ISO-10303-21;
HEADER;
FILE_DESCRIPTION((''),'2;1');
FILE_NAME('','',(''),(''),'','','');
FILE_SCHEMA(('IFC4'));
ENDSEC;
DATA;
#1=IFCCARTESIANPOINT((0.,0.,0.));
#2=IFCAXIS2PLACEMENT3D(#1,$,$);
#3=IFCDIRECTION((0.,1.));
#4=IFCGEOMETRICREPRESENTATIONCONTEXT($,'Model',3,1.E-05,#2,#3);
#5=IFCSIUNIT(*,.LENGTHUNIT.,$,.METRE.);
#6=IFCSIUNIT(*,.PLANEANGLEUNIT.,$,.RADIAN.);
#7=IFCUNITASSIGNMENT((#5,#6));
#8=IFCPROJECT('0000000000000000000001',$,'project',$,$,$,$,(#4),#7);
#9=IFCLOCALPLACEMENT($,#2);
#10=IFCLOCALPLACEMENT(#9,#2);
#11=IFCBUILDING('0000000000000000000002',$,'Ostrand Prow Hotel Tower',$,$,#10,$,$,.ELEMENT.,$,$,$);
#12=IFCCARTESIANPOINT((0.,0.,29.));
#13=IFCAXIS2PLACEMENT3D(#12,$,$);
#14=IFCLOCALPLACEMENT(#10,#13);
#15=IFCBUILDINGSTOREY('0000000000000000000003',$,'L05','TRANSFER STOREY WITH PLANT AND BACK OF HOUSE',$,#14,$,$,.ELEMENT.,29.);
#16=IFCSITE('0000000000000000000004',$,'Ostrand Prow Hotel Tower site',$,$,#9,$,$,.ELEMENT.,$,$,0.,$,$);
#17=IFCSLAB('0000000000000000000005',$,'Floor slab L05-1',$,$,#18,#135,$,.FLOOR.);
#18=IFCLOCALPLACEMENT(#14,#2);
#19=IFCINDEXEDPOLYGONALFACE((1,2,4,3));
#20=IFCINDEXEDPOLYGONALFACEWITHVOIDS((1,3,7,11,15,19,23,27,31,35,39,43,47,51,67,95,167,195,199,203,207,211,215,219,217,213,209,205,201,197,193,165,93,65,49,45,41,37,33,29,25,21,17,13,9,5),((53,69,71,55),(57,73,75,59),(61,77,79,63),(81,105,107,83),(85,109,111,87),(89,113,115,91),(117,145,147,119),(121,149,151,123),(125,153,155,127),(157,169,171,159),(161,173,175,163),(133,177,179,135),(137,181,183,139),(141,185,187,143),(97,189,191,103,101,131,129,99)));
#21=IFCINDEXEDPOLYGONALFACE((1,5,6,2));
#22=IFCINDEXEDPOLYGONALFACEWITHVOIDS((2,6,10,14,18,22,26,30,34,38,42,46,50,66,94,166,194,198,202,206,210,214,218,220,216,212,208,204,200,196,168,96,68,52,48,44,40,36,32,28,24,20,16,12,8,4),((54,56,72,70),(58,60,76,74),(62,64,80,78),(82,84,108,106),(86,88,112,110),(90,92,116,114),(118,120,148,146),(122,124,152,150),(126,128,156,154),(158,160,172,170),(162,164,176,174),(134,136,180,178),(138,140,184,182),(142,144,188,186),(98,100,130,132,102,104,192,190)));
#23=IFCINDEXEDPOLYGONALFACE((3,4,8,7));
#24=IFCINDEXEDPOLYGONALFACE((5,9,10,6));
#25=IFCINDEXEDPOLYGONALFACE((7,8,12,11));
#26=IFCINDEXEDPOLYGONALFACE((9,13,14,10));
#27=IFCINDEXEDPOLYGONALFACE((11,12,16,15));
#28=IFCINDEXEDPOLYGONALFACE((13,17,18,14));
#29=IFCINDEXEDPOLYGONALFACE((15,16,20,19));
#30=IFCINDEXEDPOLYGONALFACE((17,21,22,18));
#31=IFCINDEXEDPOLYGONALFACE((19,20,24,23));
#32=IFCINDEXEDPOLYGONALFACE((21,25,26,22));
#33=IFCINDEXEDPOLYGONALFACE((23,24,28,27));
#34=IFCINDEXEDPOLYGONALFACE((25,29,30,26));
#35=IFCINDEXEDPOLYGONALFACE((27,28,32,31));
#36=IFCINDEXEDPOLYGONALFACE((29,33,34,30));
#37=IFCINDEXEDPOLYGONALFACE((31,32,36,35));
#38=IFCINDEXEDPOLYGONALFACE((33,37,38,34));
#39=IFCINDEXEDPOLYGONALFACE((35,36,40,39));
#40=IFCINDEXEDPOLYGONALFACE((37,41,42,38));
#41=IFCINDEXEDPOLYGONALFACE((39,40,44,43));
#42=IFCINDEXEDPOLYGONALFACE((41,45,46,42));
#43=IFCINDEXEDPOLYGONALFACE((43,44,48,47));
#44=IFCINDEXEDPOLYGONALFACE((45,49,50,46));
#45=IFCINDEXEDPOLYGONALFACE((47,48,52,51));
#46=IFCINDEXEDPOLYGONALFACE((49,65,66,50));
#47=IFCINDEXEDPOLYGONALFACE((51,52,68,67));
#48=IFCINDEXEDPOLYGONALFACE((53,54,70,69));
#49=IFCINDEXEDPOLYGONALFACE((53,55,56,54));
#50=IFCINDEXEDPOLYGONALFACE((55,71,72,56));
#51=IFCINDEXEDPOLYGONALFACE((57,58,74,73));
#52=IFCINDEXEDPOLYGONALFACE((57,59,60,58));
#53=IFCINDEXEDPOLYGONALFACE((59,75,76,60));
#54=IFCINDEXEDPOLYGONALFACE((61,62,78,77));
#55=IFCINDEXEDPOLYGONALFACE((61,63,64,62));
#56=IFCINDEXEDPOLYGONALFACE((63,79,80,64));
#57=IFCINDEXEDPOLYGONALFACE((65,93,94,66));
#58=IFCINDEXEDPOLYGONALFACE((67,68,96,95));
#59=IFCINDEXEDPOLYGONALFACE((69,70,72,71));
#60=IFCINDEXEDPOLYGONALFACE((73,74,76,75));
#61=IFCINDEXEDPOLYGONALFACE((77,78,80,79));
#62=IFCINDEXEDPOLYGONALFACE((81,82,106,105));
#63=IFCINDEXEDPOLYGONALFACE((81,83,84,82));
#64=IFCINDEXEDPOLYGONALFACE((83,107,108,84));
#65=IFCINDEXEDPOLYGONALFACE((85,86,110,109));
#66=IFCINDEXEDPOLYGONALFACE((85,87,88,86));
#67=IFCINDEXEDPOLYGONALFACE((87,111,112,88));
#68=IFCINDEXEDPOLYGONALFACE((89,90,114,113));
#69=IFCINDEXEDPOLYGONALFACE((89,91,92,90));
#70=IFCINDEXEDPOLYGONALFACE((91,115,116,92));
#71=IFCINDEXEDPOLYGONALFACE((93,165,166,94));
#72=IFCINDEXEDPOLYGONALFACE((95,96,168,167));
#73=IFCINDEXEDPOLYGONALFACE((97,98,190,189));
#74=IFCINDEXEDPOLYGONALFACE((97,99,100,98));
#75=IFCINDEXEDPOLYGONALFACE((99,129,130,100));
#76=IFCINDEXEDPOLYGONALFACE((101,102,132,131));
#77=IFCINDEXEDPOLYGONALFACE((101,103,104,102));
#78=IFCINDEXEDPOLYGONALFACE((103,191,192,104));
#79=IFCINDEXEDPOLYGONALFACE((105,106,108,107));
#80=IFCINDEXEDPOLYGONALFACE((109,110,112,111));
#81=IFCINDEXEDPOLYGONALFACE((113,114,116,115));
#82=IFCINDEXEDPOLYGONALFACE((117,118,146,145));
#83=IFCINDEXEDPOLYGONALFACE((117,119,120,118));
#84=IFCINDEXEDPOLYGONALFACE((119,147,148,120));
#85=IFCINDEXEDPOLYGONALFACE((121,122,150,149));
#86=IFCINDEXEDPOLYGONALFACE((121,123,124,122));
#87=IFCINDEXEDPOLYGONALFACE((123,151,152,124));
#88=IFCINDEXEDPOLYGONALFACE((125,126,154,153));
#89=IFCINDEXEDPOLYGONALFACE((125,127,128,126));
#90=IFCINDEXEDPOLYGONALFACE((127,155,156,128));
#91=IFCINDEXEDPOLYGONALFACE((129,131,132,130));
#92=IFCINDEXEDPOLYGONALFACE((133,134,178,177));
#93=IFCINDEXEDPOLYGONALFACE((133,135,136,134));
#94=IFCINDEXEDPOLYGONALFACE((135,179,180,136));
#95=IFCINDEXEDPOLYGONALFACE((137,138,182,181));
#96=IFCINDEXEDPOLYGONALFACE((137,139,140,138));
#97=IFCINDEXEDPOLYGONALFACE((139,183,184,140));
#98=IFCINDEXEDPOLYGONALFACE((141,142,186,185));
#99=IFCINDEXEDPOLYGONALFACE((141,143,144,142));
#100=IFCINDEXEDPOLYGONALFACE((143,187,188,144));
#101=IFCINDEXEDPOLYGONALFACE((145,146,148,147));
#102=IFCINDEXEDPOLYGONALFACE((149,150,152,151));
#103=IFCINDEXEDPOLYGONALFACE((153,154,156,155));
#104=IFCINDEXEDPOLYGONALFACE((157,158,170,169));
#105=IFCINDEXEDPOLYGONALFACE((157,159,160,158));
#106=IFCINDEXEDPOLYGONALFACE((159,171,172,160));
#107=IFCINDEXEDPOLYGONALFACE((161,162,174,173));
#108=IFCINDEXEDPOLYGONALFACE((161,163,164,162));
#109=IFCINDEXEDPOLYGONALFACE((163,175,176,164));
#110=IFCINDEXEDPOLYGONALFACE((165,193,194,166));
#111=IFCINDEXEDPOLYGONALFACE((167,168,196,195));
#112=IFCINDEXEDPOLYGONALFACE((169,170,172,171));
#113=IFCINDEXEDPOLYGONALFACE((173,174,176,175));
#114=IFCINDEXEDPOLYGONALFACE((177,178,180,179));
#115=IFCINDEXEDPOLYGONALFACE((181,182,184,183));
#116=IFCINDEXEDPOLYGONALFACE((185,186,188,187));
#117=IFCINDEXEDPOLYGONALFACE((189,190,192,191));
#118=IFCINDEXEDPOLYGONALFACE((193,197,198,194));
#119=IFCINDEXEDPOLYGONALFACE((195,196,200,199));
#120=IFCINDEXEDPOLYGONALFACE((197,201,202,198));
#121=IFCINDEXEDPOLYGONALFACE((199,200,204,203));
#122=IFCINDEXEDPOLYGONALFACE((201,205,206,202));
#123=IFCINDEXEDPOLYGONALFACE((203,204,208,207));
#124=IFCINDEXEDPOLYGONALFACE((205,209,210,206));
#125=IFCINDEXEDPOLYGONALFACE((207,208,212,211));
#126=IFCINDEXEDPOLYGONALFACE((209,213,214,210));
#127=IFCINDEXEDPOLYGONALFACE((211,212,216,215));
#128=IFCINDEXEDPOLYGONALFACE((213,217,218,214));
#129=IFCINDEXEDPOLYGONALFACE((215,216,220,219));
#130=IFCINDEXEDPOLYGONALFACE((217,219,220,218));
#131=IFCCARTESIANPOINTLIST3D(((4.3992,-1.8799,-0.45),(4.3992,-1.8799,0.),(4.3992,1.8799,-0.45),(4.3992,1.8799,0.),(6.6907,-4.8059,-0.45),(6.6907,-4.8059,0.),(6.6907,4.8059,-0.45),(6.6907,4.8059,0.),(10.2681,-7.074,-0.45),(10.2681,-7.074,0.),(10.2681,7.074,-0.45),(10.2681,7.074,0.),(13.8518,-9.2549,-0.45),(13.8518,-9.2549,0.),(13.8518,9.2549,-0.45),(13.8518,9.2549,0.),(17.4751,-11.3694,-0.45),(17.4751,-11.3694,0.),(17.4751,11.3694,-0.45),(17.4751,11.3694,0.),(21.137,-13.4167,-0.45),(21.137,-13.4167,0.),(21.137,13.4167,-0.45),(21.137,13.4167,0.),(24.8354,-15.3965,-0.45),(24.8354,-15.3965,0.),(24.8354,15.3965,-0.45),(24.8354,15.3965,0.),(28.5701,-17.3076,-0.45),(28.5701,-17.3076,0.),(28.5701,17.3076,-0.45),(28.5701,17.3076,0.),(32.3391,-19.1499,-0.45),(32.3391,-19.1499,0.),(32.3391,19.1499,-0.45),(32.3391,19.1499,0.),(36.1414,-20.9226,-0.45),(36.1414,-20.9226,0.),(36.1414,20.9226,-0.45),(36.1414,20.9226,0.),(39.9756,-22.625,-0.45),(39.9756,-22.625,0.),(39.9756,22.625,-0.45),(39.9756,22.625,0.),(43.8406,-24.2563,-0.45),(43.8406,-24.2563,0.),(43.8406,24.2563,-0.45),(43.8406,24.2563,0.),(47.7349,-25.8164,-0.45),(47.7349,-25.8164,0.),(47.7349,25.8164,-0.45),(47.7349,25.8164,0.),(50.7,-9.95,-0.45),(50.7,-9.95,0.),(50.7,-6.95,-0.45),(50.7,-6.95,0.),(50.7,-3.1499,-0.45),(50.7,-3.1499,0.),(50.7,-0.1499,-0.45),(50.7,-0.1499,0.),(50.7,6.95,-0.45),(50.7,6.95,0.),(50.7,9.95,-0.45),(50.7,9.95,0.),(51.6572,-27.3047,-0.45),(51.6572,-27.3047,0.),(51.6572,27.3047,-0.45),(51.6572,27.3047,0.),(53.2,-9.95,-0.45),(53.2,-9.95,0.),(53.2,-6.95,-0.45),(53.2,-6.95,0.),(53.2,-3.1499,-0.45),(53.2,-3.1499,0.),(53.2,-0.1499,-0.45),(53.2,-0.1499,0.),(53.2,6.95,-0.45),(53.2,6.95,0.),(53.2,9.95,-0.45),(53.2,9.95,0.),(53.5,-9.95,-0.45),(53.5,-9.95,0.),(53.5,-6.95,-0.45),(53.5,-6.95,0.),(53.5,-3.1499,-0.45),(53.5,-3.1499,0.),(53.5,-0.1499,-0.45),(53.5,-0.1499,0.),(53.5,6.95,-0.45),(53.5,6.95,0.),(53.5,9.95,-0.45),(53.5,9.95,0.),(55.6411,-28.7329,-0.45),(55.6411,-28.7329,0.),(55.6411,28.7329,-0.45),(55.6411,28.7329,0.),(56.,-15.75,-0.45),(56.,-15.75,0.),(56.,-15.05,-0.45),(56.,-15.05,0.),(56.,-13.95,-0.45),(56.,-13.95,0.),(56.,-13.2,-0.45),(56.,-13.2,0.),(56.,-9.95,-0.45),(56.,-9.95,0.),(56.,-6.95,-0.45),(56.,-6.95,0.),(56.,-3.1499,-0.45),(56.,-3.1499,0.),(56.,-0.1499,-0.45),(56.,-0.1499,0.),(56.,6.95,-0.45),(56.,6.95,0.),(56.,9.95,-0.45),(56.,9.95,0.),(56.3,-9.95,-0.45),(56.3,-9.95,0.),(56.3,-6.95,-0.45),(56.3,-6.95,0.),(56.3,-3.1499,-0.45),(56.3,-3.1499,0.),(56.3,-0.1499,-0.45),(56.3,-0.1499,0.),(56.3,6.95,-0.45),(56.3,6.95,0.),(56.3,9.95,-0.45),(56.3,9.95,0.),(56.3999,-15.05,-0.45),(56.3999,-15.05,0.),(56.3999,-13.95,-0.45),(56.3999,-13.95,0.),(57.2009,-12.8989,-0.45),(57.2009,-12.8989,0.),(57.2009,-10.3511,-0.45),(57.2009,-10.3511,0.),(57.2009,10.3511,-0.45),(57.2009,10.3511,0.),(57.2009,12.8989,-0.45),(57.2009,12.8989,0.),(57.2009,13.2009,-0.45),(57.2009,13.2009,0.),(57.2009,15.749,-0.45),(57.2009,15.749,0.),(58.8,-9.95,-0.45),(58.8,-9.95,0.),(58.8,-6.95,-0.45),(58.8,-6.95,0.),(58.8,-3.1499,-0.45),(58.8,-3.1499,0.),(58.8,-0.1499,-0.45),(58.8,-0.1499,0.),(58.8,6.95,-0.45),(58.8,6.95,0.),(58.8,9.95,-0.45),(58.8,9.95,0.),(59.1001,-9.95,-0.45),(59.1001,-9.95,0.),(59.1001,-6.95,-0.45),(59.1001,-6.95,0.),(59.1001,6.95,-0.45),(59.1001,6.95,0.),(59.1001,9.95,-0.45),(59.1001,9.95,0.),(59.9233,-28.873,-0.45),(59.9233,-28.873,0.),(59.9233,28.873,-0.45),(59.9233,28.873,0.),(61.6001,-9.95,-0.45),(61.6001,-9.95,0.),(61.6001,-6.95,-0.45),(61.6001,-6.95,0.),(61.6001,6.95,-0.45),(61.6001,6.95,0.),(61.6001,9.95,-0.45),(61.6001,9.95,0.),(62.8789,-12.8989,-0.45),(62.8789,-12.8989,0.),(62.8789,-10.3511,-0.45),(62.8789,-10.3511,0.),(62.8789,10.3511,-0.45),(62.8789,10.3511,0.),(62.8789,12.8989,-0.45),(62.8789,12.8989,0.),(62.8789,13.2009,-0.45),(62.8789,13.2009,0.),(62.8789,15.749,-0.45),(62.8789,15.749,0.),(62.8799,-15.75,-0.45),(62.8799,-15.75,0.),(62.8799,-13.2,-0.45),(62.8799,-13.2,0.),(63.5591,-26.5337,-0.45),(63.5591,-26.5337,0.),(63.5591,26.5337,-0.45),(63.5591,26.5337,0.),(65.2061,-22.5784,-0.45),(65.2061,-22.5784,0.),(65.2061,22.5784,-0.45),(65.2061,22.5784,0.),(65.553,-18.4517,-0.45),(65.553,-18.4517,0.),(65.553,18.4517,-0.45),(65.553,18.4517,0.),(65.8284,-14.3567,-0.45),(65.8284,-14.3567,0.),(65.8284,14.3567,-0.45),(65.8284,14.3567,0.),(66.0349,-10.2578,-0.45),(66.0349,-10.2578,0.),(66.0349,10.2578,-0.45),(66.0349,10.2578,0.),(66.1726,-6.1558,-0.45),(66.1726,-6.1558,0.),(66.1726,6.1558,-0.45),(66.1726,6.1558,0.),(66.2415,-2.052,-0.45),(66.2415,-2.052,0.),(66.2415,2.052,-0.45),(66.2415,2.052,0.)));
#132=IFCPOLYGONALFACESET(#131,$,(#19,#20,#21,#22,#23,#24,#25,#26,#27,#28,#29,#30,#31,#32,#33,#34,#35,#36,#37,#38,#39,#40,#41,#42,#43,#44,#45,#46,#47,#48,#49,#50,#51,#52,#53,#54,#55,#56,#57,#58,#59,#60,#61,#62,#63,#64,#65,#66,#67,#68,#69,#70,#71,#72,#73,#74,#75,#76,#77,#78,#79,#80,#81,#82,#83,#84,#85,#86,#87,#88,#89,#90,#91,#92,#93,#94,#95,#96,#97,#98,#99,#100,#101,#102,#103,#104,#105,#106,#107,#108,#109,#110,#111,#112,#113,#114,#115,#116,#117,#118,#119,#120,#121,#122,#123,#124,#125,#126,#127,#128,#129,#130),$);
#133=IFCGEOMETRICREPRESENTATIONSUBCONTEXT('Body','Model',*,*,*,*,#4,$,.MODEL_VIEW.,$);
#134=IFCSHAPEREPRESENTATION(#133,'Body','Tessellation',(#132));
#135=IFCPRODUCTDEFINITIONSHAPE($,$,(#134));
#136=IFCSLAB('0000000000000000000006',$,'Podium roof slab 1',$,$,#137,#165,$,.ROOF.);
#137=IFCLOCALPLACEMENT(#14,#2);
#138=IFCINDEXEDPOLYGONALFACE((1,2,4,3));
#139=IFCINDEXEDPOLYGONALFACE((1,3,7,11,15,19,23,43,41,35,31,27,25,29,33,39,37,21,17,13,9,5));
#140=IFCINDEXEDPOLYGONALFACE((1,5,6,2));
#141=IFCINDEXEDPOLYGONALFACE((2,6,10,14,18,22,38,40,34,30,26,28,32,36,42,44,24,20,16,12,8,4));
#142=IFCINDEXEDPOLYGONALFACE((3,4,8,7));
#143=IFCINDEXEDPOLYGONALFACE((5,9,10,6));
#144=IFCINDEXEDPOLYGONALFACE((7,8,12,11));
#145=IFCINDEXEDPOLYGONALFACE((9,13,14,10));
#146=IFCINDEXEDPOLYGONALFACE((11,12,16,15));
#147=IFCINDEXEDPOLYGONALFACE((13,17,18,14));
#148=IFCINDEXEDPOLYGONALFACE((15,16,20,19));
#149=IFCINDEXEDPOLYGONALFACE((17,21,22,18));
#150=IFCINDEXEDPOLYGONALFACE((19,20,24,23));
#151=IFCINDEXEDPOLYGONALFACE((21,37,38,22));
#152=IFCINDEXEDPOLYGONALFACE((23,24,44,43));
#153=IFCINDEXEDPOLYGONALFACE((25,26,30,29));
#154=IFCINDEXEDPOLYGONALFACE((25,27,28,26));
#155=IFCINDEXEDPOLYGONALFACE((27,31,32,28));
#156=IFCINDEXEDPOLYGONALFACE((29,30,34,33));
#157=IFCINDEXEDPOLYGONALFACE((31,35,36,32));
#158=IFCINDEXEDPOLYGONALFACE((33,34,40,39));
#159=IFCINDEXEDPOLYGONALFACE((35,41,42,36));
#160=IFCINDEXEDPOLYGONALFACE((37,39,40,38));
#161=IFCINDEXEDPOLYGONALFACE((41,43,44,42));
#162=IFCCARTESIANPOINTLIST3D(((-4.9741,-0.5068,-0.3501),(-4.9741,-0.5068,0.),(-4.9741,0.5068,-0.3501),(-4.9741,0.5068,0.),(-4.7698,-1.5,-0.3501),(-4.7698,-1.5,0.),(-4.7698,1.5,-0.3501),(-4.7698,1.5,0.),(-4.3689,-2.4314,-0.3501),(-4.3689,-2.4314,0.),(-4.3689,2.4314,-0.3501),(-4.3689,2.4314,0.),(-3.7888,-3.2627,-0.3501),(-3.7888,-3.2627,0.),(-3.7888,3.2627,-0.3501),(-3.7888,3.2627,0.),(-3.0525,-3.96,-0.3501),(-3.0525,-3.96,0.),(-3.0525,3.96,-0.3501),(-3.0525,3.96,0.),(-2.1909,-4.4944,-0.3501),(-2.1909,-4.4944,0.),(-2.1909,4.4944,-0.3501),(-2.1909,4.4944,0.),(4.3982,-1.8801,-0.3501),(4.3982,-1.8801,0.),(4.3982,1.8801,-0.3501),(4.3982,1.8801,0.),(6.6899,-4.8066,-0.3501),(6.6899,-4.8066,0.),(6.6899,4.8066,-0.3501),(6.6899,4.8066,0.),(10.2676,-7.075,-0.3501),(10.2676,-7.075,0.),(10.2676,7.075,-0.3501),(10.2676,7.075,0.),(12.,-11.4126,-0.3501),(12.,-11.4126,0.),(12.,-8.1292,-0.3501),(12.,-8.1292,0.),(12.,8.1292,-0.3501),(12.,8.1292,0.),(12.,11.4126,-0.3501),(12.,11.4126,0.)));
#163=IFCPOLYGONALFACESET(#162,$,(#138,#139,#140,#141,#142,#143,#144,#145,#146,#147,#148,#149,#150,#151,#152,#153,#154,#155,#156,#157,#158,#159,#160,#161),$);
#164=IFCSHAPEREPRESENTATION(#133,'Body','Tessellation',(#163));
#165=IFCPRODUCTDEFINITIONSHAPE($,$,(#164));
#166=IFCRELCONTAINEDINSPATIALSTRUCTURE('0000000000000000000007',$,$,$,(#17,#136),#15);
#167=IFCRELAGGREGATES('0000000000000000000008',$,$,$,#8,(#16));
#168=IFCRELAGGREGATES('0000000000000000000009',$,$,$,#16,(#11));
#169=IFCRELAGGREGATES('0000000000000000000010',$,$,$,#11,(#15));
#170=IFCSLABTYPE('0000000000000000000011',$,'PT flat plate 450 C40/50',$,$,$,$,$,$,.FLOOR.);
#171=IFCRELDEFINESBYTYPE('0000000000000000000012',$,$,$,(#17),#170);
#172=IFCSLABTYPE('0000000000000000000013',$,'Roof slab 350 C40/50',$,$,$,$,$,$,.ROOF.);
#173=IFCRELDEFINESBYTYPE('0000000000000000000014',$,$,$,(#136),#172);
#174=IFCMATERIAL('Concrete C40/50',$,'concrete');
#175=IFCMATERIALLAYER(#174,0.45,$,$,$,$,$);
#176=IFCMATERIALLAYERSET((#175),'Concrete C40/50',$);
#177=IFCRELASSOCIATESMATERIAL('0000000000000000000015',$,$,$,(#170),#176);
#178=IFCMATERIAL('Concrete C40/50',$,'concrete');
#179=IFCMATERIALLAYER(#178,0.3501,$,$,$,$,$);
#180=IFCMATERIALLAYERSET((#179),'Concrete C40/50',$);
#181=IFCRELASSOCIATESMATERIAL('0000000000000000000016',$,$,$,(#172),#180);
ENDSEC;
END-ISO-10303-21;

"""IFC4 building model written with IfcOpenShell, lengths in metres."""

from ifc_helpers import new_model, si_unit, direction, frame, origin, place, context, subcontext, project, spatial, polyline, outline, extrude, material, layer, layer_set, type_object, element, save


model = new_model("IFC4")

# Units and contexts
model_context = context("Model", 3, precision=1e-05, world=origin(), true_north=direction((0.0, 1.0)))
body_context = subcontext(model_context, "Body", "Model", "MODEL_VIEW")
ifc_project = project(units=[si_unit("LENGTHUNIT", "METRE"), si_unit("PLANEANGLEUNIT", "RADIAN")], contexts=[model_context])

# Site, building, storey
site_placement = place(None, origin())
site = spatial("IfcSite", under=ifc_project, at=site_placement, Name="Ostrand Prow Hotel Tower site", CompositionType="ELEMENT", RefElevation=0.0)
building_placement = place(site_placement, origin())
building = spatial("IfcBuilding", under=site, at=building_placement, Name="Ostrand Prow Hotel Tower", CompositionType="ELEMENT")
storey_placement = place(building_placement, frame((0.0, 0.0, 29.0)))
storey = spatial("IfcBuildingStorey", under=building, at=storey_placement, Name="L05", Description="TRANSFER STOREY WITH PLANT AND BACK OF HOUSE", CompositionType="ELEMENT", Elevation=29.0)

# Slab, opening
ifc_material_1 = material(Name="Concrete C40/50", Category="concrete")
ifc_layer_1 = layer(ifc_material_1, 0.45)
ifc_layer_set_1 = layer_set([ifc_layer_1], Name="Concrete C40/50")
slab_type_1 = type_object("IfcSlabType", Name="PT flat plate 450 C40/50", PredefinedType="FLOOR", material=ifc_layer_set_1)
slab_1_placement = place(storey_placement, frame((0.0, 0.0, -0.45)))
slab_1 = element("IfcSlab", 1, at=slab_1_placement, inside=storey, type_object=slab_type_1, Name="Floor slab L05-1", PredefinedType="FLOOR", context=body_context, shape_type="SweptSolid", body=[
    extrude(outline(polyline([(6.6907, 4.8059), (10.2681, 7.074), (13.8518, 9.2549), (17.4751, 11.3694), (21.137, 13.4167), (24.8354, 15.3965), (28.5701, 17.3076), (32.3391, 19.1499), (36.1414, 20.9226), (39.9756, 22.625), (43.8406, 24.2563), (47.7349, 25.8164), (51.6572, 27.3047), (55.6411, 28.7329), (59.9233, 28.873), (63.5591, 26.5337), (65.2061, 22.5784), (65.553, 18.4517), (65.8284, 14.3567), (66.0349, 10.2578), (66.1726, 6.1558), (66.2415, 2.052), (66.2415, -2.052), (66.1726, -6.1558), (66.0349, -10.2578), (65.8284, -14.3567), (65.553, -18.4517), (65.2061, -22.5784), (63.5591, -26.5337), (59.9233, -28.873), (55.6411, -28.7329), (51.6572, -27.3047), (47.7349, -25.8164), (43.8406, -24.2563), (39.9756, -22.625), (36.1414, -20.9226), (32.3391, -19.1499), (28.5701, -17.3076), (24.8354, -15.3965), (21.137, -13.4167), (17.4751, -11.3694), (13.8518, -9.2549), (10.2681, -7.074), (6.6907, -4.8059), (4.3992, -1.8799), (4.3992, 1.8799), (6.6907, 4.8059)]), holes=[polyline([(50.7, 6.95), (53.2, 6.95), (53.2, 9.95), (50.7, 9.95), (50.7, 6.95)]), polyline([(53.5, 6.95), (56.0, 6.95), (56.0, 9.95), (53.5, 9.95), (53.5, 6.95)]), polyline([(56.3, 6.95), (58.8, 6.95), (58.8, 9.95), (56.3, 9.95), (56.3, 6.95)]), polyline([(59.1001, 6.95), (61.6001, 6.95), (61.6001, 9.95), (59.1001, 9.95), (59.1001, 6.95)]), polyline([(50.7, -3.1499), (53.2, -3.1499), (53.2, -0.1499), (50.7, -0.1499), (50.7, -3.1499)]), polyline([(53.5, -3.1499), (56.0, -3.1499), (56.0, -0.1499), (53.5, -0.1499), (53.5, -3.1499)]), polyline([(56.3, -3.1499), (58.8, -3.1499), (58.8, -0.1499), (56.3, -0.1499), (56.3, -3.1499)]), polyline([(50.7, -9.95), (53.2, -9.95), (53.2, -6.95), (50.7, -6.95), (50.7, -9.95)]), polyline([(53.5, -9.95), (56.0, -9.95), (56.0, -6.95), (53.5, -6.95), (53.5, -9.95)]), polyline([(56.3, -9.95), (58.8, -9.95), (58.8, -6.95), (56.3, -6.95), (56.3, -9.95)]), polyline([(59.1001, -9.95), (61.6001, -9.95), (61.6001, -6.95), (59.1001, -6.95), (59.1001, -9.95)]), polyline([(57.2009, 10.3511), (57.2009, 12.8989), (62.8789, 12.8989), (62.8789, 10.3511), (57.2009, 10.3511)]), polyline([(57.2009, 13.2009), (57.2009, 15.749), (62.8789, 15.749), (62.8789, 13.2009), (57.2009, 13.2009)]), polyline([(57.2009, -12.8989), (57.2009, -10.3511), (62.8789, -10.3511), (62.8789, -12.8989), (57.2009, -12.8989)]), polyline([(56.0, -13.2), (62.8799, -13.2), (62.8799, -15.75), (56.0, -15.75), (56.0, -15.05), (56.3999, -15.05), (56.3999, -13.95), (56.0, -13.95), (56.0, -13.2)])]), origin(), (0.0, 0.0, 1.0), 0.45),
])
opening_1_placement = place(slab_1_placement, origin())
element("IfcOpeningElement", 2, at=opening_1_placement, cuts=slab_1, PredefinedType="OPENING", context=body_context, shape_type="SweptSolid", body=[
    extrude(outline(polyline([(56.0, -13.2), (62.8799, -13.2), (62.8799, -15.75), (56.0, -15.75), (56.0, -15.05), (56.3999, -15.05), (56.3999, -13.95), (56.0, -13.95), (56.0, -13.2)])), origin(), (0.0, 0.0, 1.0), 0.45),
])

# Slab
ifc_material_2 = material(Name="Concrete C40/50", Category="concrete")
ifc_layer_2 = layer(ifc_material_2, 0.3501)
ifc_layer_set_2 = layer_set([ifc_layer_2], Name="Concrete C40/50")
slab_type_2 = type_object("IfcSlabType", Name="Roof slab 350 C40/50", PredefinedType="ROOF", material=ifc_layer_set_2)
slab_2_placement = place(storey_placement, frame((0.0, 0.0, -0.3501)))
element("IfcSlab", 3, at=slab_2_placement, inside=storey, type_object=slab_type_2, Name="Podium roof slab 1", PredefinedType="ROOF", context=body_context, shape_type="SweptSolid", body=[
    extrude(outline(polyline([(12.0, -11.4126), (-2.1909, -4.4944), (-3.0525, -3.96), (-3.7888, -3.2627), (-4.3689, -2.4314), (-4.7698, -1.5), (-4.9741, -0.5068), (-4.9741, 0.5068), (-4.7698, 1.5), (-4.3689, 2.4314), (-3.7888, 3.2627), (-3.0525, 3.96), (-2.1909, 4.4944), (12.0, 11.4126), (12.0, 8.1292), (10.2676, 7.075), (6.6899, 4.8066), (4.3982, 1.8801), (4.3982, -1.8801), (6.6899, -4.8066), (10.2676, -7.075), (12.0, -8.1292), (12.0, -11.4126)])), origin(), (0.0, 0.0, 1.0), 0.3501),
])

save(model, "model.ifc")
